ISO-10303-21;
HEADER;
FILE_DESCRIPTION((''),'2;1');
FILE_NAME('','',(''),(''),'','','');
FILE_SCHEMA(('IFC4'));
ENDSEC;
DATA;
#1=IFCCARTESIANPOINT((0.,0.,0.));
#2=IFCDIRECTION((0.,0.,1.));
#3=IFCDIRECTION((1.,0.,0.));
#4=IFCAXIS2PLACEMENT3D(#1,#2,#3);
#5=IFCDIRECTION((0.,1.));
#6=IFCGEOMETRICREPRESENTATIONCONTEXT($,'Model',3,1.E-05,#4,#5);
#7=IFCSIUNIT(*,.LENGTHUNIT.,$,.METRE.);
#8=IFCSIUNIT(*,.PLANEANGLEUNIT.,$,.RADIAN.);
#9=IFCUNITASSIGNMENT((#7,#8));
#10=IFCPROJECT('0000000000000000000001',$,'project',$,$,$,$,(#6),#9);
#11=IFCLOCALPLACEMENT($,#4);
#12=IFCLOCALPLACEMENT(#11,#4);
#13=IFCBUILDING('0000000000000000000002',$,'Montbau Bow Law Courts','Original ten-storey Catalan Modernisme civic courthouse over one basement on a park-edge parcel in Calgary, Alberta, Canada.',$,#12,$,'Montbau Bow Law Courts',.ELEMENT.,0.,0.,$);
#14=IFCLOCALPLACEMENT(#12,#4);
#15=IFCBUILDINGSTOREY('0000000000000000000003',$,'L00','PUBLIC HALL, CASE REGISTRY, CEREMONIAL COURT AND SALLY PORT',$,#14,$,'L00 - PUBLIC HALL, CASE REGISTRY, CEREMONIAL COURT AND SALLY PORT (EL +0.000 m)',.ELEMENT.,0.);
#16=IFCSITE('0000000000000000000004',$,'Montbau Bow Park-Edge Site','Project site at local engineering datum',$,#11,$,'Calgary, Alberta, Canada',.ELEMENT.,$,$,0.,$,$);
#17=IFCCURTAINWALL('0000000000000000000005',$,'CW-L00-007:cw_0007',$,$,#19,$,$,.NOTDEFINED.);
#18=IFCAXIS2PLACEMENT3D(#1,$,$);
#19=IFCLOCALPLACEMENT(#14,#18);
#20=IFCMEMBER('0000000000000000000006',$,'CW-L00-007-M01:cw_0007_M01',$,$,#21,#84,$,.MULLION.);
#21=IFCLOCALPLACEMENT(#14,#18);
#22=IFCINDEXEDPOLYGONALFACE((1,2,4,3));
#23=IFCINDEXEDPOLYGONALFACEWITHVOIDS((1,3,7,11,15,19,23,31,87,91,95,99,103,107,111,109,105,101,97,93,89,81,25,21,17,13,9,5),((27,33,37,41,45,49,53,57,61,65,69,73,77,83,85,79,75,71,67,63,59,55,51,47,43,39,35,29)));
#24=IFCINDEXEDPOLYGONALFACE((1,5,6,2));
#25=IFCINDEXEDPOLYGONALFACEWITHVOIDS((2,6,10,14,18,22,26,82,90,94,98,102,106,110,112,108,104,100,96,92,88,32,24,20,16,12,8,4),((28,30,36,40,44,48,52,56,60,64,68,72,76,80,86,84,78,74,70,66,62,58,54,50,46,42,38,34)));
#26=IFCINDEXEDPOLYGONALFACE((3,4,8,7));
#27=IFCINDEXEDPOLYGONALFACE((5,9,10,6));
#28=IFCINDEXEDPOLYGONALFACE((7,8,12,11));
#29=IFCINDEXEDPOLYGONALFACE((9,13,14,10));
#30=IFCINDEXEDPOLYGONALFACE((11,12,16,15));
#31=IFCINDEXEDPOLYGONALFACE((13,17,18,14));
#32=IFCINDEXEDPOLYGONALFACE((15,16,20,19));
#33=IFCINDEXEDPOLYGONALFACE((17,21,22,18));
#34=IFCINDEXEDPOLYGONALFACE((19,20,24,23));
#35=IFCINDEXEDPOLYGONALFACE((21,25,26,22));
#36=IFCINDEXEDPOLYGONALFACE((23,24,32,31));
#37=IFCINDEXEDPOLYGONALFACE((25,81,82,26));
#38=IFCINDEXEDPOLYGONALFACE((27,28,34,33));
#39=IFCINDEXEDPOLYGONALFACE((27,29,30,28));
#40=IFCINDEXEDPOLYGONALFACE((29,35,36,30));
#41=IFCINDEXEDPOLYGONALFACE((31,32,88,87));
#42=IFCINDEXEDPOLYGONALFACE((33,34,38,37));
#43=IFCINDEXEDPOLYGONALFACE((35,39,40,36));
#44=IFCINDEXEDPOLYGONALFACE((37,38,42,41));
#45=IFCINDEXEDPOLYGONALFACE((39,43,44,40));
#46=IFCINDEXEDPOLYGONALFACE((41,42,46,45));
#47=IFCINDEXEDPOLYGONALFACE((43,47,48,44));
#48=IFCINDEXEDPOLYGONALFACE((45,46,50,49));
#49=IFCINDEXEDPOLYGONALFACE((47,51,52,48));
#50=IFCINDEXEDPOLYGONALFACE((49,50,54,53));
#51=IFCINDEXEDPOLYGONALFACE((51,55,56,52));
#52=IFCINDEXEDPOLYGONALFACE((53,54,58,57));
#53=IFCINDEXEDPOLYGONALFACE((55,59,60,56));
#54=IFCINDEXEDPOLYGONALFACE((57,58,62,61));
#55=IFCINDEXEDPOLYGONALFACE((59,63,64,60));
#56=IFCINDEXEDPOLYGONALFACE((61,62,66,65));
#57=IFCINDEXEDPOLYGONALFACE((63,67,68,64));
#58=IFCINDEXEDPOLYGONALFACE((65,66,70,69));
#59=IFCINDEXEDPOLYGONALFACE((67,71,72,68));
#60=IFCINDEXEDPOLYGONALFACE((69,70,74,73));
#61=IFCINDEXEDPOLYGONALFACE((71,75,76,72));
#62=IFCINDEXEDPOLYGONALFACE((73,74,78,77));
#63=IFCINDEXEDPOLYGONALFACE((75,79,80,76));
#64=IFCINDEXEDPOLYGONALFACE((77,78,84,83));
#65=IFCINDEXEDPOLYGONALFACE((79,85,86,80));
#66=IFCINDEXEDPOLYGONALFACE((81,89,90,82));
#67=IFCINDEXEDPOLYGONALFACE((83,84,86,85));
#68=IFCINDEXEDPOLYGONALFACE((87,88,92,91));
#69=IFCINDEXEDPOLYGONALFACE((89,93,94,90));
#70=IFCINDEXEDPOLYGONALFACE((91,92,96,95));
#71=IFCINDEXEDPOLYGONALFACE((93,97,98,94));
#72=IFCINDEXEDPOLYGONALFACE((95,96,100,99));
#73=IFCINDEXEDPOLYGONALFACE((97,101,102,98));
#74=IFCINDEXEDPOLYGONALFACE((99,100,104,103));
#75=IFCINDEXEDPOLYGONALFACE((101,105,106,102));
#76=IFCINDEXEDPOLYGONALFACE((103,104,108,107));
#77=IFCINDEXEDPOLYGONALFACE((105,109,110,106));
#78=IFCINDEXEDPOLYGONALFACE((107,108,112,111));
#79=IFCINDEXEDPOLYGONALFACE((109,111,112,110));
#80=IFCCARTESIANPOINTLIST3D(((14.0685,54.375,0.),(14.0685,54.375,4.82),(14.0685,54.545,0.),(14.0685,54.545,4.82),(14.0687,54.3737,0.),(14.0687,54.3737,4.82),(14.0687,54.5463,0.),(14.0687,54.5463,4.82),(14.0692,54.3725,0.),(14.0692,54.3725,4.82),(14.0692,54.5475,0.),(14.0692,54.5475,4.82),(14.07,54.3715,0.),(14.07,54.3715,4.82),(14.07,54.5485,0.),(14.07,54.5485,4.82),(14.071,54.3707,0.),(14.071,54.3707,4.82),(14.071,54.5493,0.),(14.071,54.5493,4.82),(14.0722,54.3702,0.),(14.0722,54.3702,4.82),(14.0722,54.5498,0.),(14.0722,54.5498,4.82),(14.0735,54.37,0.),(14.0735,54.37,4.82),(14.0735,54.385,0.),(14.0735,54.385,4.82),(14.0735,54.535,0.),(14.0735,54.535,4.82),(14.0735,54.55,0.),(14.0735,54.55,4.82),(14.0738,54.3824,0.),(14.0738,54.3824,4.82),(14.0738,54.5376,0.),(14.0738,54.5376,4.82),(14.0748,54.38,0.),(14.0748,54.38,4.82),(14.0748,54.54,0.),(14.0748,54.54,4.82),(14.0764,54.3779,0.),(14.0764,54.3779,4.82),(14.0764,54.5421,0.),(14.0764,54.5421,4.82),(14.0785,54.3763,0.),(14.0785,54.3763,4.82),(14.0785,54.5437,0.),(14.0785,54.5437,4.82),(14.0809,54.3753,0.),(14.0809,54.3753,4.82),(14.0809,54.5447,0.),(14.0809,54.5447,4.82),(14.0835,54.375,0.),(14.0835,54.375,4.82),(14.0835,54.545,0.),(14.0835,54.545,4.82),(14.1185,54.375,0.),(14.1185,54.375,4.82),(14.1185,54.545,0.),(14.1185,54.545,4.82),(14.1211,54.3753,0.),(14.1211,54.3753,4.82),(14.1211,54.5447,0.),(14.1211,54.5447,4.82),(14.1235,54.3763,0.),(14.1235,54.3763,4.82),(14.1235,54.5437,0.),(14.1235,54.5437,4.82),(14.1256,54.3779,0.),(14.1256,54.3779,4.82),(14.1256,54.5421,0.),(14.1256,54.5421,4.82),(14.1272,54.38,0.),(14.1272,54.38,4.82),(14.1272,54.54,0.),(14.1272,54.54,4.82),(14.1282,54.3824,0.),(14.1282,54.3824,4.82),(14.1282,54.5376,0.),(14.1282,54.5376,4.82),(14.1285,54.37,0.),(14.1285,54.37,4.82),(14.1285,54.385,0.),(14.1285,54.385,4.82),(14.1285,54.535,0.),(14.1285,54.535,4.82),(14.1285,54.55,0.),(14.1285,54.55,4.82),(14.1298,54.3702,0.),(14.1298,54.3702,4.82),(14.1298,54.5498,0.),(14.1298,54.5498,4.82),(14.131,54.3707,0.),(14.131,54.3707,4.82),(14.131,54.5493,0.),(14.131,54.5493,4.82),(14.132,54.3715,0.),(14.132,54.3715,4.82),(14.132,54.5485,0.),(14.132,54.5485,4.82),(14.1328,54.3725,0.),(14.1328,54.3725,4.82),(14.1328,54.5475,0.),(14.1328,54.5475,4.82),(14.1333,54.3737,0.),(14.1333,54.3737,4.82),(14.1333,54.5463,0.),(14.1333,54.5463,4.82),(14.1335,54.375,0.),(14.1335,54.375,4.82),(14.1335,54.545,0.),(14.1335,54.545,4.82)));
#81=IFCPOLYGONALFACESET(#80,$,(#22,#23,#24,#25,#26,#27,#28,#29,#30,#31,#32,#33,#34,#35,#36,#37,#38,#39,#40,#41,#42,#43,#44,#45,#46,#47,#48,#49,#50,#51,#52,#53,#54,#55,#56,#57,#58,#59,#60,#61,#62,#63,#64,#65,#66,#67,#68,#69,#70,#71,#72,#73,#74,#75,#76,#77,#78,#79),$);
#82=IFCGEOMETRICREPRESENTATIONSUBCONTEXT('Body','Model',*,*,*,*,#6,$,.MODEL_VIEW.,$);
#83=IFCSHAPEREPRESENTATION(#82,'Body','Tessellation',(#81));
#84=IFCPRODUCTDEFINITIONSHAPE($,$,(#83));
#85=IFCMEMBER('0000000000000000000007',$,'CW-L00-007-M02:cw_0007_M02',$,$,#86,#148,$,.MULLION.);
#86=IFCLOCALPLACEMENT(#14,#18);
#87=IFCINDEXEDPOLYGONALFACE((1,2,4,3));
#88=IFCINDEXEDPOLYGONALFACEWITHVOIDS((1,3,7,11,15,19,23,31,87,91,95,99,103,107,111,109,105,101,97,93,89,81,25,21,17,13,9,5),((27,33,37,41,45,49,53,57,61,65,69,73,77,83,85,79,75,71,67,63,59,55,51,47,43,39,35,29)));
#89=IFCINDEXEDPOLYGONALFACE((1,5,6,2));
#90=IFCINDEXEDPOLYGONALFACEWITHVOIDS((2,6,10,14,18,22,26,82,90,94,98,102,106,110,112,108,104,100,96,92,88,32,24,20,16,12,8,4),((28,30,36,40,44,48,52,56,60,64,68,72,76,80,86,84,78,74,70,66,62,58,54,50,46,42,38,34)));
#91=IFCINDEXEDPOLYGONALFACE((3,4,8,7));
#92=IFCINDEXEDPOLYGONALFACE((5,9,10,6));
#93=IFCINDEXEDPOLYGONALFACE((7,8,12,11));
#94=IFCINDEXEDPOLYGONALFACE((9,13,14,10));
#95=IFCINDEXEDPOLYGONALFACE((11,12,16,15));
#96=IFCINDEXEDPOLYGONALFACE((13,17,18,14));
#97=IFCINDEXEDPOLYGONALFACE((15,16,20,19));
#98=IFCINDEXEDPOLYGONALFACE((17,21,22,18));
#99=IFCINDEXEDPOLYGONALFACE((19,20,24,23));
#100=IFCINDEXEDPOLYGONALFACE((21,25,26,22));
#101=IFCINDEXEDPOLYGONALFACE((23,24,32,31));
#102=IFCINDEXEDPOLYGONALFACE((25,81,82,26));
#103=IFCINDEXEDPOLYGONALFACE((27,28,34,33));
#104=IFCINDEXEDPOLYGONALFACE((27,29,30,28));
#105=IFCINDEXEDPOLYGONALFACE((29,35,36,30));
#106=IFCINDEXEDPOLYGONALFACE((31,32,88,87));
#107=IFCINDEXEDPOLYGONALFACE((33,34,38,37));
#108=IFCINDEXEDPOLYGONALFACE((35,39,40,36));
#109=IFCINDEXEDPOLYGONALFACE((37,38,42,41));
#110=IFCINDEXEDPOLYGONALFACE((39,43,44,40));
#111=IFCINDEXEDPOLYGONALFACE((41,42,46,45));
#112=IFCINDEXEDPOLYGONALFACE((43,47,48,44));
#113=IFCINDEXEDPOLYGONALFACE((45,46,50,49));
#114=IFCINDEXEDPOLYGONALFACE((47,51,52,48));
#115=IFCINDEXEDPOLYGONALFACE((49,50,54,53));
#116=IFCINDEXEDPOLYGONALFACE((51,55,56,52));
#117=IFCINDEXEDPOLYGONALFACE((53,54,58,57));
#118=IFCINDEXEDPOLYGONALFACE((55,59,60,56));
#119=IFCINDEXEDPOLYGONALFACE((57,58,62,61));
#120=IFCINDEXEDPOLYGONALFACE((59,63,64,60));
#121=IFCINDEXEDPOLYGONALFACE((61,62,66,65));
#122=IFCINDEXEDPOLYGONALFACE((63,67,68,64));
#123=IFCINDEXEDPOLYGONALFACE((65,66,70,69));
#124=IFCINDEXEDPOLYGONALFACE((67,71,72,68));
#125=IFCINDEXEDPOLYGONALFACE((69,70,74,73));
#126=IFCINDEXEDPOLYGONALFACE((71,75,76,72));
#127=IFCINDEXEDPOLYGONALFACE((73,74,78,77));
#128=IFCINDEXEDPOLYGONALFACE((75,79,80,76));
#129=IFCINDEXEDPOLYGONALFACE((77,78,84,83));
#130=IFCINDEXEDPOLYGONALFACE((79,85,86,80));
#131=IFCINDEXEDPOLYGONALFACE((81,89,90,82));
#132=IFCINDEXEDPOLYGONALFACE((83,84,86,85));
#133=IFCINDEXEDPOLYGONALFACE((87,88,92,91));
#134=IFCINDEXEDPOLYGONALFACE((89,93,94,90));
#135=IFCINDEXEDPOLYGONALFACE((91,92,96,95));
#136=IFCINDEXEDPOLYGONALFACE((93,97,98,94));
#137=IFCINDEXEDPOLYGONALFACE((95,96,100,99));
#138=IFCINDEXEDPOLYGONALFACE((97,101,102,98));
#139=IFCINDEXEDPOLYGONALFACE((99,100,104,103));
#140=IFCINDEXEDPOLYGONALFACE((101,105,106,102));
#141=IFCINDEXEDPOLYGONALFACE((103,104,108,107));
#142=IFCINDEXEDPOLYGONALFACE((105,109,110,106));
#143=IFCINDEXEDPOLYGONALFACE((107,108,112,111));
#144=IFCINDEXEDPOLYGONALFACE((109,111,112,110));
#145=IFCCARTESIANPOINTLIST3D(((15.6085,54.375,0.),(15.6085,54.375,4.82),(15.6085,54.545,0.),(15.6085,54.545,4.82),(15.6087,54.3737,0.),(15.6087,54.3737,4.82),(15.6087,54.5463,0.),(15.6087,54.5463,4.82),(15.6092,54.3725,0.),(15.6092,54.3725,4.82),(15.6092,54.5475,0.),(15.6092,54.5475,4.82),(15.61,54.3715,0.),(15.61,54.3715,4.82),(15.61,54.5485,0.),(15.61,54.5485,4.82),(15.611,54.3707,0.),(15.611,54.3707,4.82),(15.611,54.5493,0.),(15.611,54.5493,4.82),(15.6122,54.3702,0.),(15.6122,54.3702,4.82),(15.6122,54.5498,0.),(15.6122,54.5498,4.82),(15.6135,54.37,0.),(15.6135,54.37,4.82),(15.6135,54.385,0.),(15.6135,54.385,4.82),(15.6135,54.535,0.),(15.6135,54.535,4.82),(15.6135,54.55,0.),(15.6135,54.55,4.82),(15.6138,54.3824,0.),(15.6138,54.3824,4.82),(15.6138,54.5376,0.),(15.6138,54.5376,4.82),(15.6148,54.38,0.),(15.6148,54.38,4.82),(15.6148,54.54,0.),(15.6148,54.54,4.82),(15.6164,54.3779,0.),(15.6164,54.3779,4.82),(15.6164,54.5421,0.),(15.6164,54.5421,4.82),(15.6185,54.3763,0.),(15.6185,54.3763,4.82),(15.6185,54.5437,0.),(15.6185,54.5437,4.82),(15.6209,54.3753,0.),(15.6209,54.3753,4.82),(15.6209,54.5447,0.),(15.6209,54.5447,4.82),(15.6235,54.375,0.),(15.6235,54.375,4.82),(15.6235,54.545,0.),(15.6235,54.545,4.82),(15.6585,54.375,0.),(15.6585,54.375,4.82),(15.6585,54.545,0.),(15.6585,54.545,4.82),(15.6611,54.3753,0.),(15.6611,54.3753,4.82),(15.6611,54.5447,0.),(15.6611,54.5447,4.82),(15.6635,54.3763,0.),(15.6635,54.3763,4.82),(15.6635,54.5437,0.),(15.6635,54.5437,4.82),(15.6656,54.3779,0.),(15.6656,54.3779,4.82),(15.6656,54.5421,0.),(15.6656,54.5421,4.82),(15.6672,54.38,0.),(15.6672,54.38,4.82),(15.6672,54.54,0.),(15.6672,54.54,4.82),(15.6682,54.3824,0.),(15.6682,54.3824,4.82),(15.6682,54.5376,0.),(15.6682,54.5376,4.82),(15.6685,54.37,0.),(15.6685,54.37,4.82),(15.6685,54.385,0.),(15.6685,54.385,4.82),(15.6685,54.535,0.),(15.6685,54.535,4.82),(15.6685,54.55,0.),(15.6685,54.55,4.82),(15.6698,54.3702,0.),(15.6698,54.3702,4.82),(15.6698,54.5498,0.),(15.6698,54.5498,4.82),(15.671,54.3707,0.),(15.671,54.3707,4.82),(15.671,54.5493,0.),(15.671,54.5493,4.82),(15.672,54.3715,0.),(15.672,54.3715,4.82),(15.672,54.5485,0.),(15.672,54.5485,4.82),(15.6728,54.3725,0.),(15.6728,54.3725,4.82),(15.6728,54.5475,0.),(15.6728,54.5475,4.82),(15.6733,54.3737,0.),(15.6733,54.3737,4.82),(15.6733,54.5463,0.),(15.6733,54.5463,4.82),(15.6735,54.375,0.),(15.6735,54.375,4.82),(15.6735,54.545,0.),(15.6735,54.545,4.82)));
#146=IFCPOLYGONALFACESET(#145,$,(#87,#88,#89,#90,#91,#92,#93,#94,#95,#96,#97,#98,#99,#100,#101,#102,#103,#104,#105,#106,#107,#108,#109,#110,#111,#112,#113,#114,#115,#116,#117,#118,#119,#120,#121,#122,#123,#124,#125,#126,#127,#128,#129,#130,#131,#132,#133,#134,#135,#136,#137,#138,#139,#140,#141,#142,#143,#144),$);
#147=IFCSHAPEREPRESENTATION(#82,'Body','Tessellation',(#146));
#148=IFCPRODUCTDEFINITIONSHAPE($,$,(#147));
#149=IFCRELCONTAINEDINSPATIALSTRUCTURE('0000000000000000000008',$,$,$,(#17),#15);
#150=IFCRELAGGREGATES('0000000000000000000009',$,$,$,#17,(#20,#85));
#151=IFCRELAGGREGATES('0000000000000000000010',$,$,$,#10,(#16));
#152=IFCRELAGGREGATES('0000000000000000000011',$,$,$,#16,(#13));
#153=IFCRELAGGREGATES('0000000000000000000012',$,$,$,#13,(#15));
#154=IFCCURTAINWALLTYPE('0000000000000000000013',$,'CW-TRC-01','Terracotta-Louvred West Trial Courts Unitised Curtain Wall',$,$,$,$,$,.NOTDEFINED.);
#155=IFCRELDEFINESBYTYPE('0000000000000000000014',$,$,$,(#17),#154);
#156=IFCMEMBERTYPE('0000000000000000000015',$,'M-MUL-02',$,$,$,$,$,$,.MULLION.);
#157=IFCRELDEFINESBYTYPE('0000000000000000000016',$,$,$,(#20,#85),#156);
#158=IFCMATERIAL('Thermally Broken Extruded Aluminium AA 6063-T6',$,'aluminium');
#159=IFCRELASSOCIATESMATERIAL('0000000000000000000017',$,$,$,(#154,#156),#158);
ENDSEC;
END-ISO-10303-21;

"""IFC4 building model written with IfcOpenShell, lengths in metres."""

from ifc_helpers import new_model, si_unit, direction, frame, origin_with_axes, origin_2d_with_axis, place, context, subcontext, project, spatial, hollow_rectangle, extrude, material, material_profile, profile_set, type_object, element, aggregate, save


model = new_model("IFC4")

# Units and contexts
model_context = context("Model", 3, precision=1e-05, world=origin_with_axes(), true_north=direction((0.0, 1.0)))
body_context = subcontext(model_context, "Body", "Model", "MODEL_VIEW")
ifc_project = project(units=[si_unit("LENGTHUNIT", "METRE"), si_unit("PLANEANGLEUNIT", "RADIAN")], contexts=[model_context])

# Site, building, storey
site_placement = place(None, origin_with_axes())
site = spatial("IfcSite", under=ifc_project, at=site_placement, Name="Montbau Bow Park-Edge Site", Description="Project site at local engineering datum", LongName="Calgary, Alberta, Canada", CompositionType="ELEMENT", RefElevation=0.0)
building_placement = place(site_placement, origin_with_axes())
building = spatial("IfcBuilding", under=site, at=building_placement, Name="Montbau Bow Law Courts", Description="Original ten-storey Catalan Modernisme civic courthouse over one basement on a park-edge parcel in Calgary, Alberta, Canada.", LongName="Montbau Bow Law Courts", CompositionType="ELEMENT", ElevationOfRefHeight=0.0, ElevationOfTerrain=0.0)
storey_placement = place(building_placement, origin_with_axes())
storey = spatial("IfcBuildingStorey", under=building, at=storey_placement, Name="L00", Description="PUBLIC HALL, CASE REGISTRY, CEREMONIAL COURT AND SALLY PORT", LongName="L00 - PUBLIC HALL, CASE REGISTRY, CEREMONIAL COURT AND SALLY PORT (EL +0.000 m)", CompositionType="ELEMENT", Elevation=0.0)

# Curtain wall, members
ifc_material_1 = material(Name="Thermally Broken Extruded Aluminium AA 6063-T6", Category="aluminium")
curtain_wall_type = type_object("IfcCurtainWallType", Name="CW-TRC-01", Description="Terracotta-Louvred West Trial Courts Unitised Curtain Wall", PredefinedType="NOTDEFINED", material=ifc_material_1)
curtain_wall_1_placement = place(None, frame((14.068, 54.46, 0.0), z_axis=(0.0, 0.0, 1.0), x_axis=(1.0, 0.0, 0.0)))
curtain_wall_1 = element("IfcCurtainWall", 1, at=curtain_wall_1_placement, inside=storey, type_object=curtain_wall_type, Name="CW-L00-007:cw_0007", PredefinedType="NOTDEFINED")
ifc_material_profile_1 = material_profile(ifc_material_1, hollow_rectangle(XDim=0.065, YDim=0.18, WallThickness=0.005, InnerFilletRadius=0.01, OuterFilletRadius=0.005, at=origin_2d_with_axis()), Name="CWM-180X65", Category="Main", Priority=0)
ifc_profile_set_1 = profile_set([ifc_material_profile_1], Name="Thermally Broken Extruded Aluminium AA 6063-T6")
member_type_1 = type_object("IfcMemberType", Name="M-MUL-02", PredefinedType="MULLION", material=ifc_profile_set_1)
member_1_placement = place(None, frame((14.101, 54.46, 0.0), z_axis=(0.0, 0.0, 1.0), x_axis=(1.0, 0.0, 0.0)))
member_1 = element("IfcMember", 2, at=member_1_placement, type_object=member_type_1, Name="CW-L00-007-M01:cw_0007_M01", PredefinedType="MULLION", context=body_context, shape_type="SweptSolid", body=[
    extrude(hollow_rectangle(XDim=0.065, YDim=0.18, WallThickness=0.005, InnerFilletRadius=0.01, OuterFilletRadius=0.005, at=origin_2d_with_axis()), origin_with_axes(), (0.0, 0.0, 1.0), 4.82),
])
member_2_placement = place(None, frame((15.641, 54.46, 0.0), z_axis=(0.0, 0.0, 1.0), x_axis=(1.0, 0.0, 0.0)))
member_2 = element("IfcMember", 3, at=member_2_placement, type_object=member_type_1, Name="CW-L00-007-M02:cw_0007_M02", PredefinedType="MULLION", context=body_context, shape_type="SweptSolid", body=[
    extrude(hollow_rectangle(XDim=0.065, YDim=0.18, WallThickness=0.005, InnerFilletRadius=0.01, OuterFilletRadius=0.005, at=origin_2d_with_axis()), origin_with_axes(), (0.0, 0.0, 1.0), 4.82),
])

aggregate(curtain_wall_1, [member_1, member_2])

save(model, "model.ifc")
